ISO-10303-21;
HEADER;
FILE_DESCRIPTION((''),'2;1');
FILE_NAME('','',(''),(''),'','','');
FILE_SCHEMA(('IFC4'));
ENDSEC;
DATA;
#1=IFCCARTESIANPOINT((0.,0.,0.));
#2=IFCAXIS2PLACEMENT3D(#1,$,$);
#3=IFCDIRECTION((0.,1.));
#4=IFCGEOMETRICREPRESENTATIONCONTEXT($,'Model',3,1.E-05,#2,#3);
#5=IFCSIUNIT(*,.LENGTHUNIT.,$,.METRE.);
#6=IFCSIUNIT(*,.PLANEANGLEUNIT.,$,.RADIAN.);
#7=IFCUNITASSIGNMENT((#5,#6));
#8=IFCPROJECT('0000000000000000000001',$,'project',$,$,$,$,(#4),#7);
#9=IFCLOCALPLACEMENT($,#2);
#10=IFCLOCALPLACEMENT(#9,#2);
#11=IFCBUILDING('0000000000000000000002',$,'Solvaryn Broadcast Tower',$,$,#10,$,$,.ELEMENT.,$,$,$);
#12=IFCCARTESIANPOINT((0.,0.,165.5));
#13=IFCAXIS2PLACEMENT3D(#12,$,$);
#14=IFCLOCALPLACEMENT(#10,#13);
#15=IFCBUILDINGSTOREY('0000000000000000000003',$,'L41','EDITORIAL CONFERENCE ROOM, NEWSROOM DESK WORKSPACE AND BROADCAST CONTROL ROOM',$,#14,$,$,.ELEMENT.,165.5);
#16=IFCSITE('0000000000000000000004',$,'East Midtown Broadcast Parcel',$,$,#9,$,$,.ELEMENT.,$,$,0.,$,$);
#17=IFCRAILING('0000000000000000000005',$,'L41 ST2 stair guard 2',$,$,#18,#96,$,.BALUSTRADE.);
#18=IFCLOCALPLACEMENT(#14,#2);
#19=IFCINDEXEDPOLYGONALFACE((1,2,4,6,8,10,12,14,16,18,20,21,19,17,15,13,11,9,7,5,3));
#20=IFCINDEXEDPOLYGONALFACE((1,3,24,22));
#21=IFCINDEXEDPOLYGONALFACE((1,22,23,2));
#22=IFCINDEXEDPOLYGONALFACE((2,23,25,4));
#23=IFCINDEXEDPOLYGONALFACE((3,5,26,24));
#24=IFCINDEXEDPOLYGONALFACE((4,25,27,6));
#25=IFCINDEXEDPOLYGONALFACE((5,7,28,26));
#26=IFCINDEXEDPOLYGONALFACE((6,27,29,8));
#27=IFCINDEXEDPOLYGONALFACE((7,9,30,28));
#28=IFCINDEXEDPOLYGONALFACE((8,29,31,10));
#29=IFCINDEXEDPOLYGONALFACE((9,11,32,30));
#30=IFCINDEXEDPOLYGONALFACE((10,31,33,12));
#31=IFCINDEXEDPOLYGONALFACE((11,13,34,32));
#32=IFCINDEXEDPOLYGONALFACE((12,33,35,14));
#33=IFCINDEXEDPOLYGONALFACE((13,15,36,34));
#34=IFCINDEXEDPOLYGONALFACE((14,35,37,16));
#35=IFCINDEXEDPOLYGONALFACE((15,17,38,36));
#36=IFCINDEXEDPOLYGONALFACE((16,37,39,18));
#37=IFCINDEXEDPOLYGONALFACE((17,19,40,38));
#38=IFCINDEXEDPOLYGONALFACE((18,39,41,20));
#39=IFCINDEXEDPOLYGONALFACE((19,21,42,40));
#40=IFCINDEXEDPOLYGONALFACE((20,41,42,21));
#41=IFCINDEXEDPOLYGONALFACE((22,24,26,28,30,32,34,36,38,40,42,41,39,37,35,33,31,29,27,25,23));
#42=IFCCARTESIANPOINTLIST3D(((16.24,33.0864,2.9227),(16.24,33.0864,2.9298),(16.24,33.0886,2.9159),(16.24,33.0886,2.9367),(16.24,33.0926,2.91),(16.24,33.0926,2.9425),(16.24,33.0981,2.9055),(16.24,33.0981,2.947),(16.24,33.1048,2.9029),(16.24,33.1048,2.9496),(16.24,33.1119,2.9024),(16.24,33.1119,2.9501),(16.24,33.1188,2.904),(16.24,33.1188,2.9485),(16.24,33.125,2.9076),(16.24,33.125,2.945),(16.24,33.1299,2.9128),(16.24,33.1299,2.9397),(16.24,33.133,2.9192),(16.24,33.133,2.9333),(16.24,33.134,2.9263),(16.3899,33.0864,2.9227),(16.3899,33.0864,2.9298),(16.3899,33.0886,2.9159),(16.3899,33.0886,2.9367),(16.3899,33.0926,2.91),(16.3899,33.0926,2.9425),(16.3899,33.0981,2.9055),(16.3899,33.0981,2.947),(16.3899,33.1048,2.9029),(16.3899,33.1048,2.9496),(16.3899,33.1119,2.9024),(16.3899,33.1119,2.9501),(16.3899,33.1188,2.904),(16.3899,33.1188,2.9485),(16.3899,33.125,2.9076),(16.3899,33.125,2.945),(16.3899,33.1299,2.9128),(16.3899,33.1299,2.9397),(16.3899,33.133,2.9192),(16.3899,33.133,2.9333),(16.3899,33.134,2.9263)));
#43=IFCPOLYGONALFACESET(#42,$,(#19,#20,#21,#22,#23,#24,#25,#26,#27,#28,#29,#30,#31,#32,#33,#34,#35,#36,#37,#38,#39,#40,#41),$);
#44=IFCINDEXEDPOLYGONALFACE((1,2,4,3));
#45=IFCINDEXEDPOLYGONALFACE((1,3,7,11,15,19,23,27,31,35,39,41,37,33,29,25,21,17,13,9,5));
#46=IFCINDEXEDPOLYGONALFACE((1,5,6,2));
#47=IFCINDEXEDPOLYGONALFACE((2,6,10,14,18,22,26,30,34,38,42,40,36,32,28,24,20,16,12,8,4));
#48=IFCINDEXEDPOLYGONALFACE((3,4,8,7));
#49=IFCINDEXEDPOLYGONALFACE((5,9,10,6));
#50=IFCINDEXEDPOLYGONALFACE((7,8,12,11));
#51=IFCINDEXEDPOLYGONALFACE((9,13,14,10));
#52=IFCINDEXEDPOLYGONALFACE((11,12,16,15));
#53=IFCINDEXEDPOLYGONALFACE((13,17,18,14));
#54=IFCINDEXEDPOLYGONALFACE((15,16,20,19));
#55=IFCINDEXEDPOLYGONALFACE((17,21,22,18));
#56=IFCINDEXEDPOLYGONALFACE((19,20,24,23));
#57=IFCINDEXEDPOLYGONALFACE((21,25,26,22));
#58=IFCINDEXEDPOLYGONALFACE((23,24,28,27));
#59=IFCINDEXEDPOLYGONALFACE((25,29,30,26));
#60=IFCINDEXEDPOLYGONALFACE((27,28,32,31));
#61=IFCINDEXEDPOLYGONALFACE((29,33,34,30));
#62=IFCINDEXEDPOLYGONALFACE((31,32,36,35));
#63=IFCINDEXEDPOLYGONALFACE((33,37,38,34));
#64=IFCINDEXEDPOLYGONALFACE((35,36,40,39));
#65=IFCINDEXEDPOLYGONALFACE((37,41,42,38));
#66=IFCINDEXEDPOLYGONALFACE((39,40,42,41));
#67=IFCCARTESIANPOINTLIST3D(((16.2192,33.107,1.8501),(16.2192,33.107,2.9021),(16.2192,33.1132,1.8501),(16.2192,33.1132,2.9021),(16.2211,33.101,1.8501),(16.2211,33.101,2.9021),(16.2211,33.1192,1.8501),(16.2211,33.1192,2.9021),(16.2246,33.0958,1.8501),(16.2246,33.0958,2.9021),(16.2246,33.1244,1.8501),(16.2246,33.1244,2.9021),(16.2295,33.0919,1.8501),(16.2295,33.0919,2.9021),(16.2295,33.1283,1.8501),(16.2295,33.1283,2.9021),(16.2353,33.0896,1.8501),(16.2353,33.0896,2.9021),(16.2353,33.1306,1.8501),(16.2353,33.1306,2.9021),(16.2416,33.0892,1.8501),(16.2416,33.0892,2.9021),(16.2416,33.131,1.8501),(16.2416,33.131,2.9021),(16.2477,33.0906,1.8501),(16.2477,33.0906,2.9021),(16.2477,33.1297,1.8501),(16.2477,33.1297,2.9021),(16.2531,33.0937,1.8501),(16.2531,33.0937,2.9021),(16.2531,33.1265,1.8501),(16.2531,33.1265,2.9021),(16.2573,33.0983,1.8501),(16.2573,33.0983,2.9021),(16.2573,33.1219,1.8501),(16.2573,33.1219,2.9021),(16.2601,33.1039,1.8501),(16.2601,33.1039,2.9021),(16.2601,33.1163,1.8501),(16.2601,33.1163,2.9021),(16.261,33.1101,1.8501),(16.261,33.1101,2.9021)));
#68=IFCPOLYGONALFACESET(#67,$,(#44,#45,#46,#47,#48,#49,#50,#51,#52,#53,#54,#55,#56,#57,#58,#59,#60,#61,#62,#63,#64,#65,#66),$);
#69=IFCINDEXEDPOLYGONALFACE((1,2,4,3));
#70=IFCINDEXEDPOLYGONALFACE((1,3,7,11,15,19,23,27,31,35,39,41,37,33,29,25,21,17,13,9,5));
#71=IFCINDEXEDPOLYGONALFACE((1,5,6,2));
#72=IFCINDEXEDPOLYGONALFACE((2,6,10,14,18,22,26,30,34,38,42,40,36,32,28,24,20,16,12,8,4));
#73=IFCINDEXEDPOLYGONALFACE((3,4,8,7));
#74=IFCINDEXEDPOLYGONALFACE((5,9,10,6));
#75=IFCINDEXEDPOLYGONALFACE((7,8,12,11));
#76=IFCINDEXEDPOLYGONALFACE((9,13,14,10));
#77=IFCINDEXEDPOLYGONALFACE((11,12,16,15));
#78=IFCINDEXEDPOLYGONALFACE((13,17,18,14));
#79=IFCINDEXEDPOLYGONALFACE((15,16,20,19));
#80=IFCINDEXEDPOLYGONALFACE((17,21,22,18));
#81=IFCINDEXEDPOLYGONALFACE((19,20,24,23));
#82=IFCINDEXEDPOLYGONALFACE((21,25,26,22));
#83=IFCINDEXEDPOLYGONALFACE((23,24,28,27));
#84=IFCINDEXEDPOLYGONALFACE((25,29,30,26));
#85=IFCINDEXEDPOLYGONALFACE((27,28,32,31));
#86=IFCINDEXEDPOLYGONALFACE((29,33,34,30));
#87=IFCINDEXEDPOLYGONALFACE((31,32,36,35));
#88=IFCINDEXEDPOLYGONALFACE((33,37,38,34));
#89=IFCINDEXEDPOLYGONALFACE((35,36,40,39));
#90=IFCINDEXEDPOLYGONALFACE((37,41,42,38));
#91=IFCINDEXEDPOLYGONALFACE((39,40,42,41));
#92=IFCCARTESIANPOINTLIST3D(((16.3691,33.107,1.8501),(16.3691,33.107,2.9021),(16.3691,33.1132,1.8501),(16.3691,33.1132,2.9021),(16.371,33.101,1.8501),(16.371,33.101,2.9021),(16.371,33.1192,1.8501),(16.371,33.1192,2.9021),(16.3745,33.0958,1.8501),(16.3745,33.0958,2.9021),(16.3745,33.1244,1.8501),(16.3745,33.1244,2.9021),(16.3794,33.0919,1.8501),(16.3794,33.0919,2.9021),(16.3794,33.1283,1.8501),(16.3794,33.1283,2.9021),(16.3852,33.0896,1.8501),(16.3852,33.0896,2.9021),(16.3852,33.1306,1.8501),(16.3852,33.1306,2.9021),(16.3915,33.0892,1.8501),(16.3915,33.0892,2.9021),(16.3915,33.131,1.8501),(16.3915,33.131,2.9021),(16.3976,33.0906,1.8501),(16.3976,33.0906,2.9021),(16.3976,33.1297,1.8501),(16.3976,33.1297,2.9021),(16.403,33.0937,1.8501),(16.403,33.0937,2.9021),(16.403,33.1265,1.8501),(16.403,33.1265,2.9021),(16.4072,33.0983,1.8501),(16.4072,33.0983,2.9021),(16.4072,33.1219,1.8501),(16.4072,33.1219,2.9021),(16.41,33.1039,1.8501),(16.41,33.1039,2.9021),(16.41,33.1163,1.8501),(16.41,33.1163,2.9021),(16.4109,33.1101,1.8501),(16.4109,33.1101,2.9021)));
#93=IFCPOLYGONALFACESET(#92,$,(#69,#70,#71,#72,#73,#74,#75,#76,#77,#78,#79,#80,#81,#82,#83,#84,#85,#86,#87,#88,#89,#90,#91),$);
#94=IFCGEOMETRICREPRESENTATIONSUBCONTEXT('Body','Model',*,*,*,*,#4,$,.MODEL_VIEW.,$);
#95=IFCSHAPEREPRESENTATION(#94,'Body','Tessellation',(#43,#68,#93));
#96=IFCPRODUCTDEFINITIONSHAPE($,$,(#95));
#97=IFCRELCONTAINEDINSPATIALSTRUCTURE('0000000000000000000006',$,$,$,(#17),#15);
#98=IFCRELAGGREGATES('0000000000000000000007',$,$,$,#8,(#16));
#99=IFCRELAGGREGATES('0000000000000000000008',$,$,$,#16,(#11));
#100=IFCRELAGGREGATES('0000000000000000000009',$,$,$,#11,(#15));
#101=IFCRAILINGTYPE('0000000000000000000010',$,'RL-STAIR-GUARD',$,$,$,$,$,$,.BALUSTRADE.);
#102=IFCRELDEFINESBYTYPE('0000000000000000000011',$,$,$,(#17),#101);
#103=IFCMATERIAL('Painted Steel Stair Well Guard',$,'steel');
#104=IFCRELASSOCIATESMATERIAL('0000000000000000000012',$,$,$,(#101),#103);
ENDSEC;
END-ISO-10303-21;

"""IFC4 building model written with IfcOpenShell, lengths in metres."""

from ifc_helpers import new_model, si_unit, direction, frame, origin, origin_2d, place, context, subcontext, project, spatial, circle, extrude, material, type_object, element, save


model = new_model("IFC4")

# Units and contexts
model_context = context("Model", 3, precision=1e-05, world=origin(), true_north=direction((0.0, 1.0)))
body_context = subcontext(model_context, "Body", "Model", "MODEL_VIEW")
ifc_project = project(units=[si_unit("LENGTHUNIT", "METRE"), si_unit("PLANEANGLEUNIT", "RADIAN")], contexts=[model_context])

# Site, building, storey
site_placement = place(None, origin())
site = spatial("IfcSite", under=ifc_project, at=site_placement, Name="East Midtown Broadcast Parcel", CompositionType="ELEMENT", RefElevation=0.0)
building_placement = place(site_placement, origin())
building = spatial("IfcBuilding", under=site, at=building_placement, Name="Solvaryn Broadcast Tower", CompositionType="ELEMENT")
storey_placement = place(building_placement, frame((0.0, 0.0, 165.5)))
storey = spatial("IfcBuildingStorey", under=building, at=storey_placement, Name="L41", Description="EDITORIAL CONFERENCE ROOM, NEWSROOM DESK WORKSPACE AND BROADCAST CONTROL ROOM", CompositionType="ELEMENT", Elevation=165.5)

# Railing
ifc_material_1 = material(Name="Painted Steel Stair Well Guard", Category="steel")
railing_type_1 = type_object("IfcRailingType", Name="RL-STAIR-GUARD", PredefinedType="BALUSTRADE", material=ifc_material_1)
railing_1_placement = place(storey_placement, frame((16.24, 33.1101, 1.8501)))
element("IfcRailing", 1, at=railing_1_placement, inside=storey, type_object=railing_type_1, Name="L41 ST2 stair guard 2", PredefinedType="BALUSTRADE", context=body_context, shape_type="SweptSolid", body=[
    extrude(circle(Radius=0.0239, at=origin_2d()), frame((0.0, 0.0, 1.0762), z_axis=(1.0, 0.0, 0.0), x_axis=(0.0, 1.0, 0.0)), (0.0, 0.0, 1.0), 0.1499),
    extrude(circle(Radius=0.021, at=origin_2d()), origin(), (0.0, 0.0, 1.0), 1.052),
    extrude(circle(Radius=0.021, at=origin_2d()), frame((0.1499, 0.0, 0.0)), (0.0, 0.0, 1.0), 1.052),
])

save(model, "model.ifc")
